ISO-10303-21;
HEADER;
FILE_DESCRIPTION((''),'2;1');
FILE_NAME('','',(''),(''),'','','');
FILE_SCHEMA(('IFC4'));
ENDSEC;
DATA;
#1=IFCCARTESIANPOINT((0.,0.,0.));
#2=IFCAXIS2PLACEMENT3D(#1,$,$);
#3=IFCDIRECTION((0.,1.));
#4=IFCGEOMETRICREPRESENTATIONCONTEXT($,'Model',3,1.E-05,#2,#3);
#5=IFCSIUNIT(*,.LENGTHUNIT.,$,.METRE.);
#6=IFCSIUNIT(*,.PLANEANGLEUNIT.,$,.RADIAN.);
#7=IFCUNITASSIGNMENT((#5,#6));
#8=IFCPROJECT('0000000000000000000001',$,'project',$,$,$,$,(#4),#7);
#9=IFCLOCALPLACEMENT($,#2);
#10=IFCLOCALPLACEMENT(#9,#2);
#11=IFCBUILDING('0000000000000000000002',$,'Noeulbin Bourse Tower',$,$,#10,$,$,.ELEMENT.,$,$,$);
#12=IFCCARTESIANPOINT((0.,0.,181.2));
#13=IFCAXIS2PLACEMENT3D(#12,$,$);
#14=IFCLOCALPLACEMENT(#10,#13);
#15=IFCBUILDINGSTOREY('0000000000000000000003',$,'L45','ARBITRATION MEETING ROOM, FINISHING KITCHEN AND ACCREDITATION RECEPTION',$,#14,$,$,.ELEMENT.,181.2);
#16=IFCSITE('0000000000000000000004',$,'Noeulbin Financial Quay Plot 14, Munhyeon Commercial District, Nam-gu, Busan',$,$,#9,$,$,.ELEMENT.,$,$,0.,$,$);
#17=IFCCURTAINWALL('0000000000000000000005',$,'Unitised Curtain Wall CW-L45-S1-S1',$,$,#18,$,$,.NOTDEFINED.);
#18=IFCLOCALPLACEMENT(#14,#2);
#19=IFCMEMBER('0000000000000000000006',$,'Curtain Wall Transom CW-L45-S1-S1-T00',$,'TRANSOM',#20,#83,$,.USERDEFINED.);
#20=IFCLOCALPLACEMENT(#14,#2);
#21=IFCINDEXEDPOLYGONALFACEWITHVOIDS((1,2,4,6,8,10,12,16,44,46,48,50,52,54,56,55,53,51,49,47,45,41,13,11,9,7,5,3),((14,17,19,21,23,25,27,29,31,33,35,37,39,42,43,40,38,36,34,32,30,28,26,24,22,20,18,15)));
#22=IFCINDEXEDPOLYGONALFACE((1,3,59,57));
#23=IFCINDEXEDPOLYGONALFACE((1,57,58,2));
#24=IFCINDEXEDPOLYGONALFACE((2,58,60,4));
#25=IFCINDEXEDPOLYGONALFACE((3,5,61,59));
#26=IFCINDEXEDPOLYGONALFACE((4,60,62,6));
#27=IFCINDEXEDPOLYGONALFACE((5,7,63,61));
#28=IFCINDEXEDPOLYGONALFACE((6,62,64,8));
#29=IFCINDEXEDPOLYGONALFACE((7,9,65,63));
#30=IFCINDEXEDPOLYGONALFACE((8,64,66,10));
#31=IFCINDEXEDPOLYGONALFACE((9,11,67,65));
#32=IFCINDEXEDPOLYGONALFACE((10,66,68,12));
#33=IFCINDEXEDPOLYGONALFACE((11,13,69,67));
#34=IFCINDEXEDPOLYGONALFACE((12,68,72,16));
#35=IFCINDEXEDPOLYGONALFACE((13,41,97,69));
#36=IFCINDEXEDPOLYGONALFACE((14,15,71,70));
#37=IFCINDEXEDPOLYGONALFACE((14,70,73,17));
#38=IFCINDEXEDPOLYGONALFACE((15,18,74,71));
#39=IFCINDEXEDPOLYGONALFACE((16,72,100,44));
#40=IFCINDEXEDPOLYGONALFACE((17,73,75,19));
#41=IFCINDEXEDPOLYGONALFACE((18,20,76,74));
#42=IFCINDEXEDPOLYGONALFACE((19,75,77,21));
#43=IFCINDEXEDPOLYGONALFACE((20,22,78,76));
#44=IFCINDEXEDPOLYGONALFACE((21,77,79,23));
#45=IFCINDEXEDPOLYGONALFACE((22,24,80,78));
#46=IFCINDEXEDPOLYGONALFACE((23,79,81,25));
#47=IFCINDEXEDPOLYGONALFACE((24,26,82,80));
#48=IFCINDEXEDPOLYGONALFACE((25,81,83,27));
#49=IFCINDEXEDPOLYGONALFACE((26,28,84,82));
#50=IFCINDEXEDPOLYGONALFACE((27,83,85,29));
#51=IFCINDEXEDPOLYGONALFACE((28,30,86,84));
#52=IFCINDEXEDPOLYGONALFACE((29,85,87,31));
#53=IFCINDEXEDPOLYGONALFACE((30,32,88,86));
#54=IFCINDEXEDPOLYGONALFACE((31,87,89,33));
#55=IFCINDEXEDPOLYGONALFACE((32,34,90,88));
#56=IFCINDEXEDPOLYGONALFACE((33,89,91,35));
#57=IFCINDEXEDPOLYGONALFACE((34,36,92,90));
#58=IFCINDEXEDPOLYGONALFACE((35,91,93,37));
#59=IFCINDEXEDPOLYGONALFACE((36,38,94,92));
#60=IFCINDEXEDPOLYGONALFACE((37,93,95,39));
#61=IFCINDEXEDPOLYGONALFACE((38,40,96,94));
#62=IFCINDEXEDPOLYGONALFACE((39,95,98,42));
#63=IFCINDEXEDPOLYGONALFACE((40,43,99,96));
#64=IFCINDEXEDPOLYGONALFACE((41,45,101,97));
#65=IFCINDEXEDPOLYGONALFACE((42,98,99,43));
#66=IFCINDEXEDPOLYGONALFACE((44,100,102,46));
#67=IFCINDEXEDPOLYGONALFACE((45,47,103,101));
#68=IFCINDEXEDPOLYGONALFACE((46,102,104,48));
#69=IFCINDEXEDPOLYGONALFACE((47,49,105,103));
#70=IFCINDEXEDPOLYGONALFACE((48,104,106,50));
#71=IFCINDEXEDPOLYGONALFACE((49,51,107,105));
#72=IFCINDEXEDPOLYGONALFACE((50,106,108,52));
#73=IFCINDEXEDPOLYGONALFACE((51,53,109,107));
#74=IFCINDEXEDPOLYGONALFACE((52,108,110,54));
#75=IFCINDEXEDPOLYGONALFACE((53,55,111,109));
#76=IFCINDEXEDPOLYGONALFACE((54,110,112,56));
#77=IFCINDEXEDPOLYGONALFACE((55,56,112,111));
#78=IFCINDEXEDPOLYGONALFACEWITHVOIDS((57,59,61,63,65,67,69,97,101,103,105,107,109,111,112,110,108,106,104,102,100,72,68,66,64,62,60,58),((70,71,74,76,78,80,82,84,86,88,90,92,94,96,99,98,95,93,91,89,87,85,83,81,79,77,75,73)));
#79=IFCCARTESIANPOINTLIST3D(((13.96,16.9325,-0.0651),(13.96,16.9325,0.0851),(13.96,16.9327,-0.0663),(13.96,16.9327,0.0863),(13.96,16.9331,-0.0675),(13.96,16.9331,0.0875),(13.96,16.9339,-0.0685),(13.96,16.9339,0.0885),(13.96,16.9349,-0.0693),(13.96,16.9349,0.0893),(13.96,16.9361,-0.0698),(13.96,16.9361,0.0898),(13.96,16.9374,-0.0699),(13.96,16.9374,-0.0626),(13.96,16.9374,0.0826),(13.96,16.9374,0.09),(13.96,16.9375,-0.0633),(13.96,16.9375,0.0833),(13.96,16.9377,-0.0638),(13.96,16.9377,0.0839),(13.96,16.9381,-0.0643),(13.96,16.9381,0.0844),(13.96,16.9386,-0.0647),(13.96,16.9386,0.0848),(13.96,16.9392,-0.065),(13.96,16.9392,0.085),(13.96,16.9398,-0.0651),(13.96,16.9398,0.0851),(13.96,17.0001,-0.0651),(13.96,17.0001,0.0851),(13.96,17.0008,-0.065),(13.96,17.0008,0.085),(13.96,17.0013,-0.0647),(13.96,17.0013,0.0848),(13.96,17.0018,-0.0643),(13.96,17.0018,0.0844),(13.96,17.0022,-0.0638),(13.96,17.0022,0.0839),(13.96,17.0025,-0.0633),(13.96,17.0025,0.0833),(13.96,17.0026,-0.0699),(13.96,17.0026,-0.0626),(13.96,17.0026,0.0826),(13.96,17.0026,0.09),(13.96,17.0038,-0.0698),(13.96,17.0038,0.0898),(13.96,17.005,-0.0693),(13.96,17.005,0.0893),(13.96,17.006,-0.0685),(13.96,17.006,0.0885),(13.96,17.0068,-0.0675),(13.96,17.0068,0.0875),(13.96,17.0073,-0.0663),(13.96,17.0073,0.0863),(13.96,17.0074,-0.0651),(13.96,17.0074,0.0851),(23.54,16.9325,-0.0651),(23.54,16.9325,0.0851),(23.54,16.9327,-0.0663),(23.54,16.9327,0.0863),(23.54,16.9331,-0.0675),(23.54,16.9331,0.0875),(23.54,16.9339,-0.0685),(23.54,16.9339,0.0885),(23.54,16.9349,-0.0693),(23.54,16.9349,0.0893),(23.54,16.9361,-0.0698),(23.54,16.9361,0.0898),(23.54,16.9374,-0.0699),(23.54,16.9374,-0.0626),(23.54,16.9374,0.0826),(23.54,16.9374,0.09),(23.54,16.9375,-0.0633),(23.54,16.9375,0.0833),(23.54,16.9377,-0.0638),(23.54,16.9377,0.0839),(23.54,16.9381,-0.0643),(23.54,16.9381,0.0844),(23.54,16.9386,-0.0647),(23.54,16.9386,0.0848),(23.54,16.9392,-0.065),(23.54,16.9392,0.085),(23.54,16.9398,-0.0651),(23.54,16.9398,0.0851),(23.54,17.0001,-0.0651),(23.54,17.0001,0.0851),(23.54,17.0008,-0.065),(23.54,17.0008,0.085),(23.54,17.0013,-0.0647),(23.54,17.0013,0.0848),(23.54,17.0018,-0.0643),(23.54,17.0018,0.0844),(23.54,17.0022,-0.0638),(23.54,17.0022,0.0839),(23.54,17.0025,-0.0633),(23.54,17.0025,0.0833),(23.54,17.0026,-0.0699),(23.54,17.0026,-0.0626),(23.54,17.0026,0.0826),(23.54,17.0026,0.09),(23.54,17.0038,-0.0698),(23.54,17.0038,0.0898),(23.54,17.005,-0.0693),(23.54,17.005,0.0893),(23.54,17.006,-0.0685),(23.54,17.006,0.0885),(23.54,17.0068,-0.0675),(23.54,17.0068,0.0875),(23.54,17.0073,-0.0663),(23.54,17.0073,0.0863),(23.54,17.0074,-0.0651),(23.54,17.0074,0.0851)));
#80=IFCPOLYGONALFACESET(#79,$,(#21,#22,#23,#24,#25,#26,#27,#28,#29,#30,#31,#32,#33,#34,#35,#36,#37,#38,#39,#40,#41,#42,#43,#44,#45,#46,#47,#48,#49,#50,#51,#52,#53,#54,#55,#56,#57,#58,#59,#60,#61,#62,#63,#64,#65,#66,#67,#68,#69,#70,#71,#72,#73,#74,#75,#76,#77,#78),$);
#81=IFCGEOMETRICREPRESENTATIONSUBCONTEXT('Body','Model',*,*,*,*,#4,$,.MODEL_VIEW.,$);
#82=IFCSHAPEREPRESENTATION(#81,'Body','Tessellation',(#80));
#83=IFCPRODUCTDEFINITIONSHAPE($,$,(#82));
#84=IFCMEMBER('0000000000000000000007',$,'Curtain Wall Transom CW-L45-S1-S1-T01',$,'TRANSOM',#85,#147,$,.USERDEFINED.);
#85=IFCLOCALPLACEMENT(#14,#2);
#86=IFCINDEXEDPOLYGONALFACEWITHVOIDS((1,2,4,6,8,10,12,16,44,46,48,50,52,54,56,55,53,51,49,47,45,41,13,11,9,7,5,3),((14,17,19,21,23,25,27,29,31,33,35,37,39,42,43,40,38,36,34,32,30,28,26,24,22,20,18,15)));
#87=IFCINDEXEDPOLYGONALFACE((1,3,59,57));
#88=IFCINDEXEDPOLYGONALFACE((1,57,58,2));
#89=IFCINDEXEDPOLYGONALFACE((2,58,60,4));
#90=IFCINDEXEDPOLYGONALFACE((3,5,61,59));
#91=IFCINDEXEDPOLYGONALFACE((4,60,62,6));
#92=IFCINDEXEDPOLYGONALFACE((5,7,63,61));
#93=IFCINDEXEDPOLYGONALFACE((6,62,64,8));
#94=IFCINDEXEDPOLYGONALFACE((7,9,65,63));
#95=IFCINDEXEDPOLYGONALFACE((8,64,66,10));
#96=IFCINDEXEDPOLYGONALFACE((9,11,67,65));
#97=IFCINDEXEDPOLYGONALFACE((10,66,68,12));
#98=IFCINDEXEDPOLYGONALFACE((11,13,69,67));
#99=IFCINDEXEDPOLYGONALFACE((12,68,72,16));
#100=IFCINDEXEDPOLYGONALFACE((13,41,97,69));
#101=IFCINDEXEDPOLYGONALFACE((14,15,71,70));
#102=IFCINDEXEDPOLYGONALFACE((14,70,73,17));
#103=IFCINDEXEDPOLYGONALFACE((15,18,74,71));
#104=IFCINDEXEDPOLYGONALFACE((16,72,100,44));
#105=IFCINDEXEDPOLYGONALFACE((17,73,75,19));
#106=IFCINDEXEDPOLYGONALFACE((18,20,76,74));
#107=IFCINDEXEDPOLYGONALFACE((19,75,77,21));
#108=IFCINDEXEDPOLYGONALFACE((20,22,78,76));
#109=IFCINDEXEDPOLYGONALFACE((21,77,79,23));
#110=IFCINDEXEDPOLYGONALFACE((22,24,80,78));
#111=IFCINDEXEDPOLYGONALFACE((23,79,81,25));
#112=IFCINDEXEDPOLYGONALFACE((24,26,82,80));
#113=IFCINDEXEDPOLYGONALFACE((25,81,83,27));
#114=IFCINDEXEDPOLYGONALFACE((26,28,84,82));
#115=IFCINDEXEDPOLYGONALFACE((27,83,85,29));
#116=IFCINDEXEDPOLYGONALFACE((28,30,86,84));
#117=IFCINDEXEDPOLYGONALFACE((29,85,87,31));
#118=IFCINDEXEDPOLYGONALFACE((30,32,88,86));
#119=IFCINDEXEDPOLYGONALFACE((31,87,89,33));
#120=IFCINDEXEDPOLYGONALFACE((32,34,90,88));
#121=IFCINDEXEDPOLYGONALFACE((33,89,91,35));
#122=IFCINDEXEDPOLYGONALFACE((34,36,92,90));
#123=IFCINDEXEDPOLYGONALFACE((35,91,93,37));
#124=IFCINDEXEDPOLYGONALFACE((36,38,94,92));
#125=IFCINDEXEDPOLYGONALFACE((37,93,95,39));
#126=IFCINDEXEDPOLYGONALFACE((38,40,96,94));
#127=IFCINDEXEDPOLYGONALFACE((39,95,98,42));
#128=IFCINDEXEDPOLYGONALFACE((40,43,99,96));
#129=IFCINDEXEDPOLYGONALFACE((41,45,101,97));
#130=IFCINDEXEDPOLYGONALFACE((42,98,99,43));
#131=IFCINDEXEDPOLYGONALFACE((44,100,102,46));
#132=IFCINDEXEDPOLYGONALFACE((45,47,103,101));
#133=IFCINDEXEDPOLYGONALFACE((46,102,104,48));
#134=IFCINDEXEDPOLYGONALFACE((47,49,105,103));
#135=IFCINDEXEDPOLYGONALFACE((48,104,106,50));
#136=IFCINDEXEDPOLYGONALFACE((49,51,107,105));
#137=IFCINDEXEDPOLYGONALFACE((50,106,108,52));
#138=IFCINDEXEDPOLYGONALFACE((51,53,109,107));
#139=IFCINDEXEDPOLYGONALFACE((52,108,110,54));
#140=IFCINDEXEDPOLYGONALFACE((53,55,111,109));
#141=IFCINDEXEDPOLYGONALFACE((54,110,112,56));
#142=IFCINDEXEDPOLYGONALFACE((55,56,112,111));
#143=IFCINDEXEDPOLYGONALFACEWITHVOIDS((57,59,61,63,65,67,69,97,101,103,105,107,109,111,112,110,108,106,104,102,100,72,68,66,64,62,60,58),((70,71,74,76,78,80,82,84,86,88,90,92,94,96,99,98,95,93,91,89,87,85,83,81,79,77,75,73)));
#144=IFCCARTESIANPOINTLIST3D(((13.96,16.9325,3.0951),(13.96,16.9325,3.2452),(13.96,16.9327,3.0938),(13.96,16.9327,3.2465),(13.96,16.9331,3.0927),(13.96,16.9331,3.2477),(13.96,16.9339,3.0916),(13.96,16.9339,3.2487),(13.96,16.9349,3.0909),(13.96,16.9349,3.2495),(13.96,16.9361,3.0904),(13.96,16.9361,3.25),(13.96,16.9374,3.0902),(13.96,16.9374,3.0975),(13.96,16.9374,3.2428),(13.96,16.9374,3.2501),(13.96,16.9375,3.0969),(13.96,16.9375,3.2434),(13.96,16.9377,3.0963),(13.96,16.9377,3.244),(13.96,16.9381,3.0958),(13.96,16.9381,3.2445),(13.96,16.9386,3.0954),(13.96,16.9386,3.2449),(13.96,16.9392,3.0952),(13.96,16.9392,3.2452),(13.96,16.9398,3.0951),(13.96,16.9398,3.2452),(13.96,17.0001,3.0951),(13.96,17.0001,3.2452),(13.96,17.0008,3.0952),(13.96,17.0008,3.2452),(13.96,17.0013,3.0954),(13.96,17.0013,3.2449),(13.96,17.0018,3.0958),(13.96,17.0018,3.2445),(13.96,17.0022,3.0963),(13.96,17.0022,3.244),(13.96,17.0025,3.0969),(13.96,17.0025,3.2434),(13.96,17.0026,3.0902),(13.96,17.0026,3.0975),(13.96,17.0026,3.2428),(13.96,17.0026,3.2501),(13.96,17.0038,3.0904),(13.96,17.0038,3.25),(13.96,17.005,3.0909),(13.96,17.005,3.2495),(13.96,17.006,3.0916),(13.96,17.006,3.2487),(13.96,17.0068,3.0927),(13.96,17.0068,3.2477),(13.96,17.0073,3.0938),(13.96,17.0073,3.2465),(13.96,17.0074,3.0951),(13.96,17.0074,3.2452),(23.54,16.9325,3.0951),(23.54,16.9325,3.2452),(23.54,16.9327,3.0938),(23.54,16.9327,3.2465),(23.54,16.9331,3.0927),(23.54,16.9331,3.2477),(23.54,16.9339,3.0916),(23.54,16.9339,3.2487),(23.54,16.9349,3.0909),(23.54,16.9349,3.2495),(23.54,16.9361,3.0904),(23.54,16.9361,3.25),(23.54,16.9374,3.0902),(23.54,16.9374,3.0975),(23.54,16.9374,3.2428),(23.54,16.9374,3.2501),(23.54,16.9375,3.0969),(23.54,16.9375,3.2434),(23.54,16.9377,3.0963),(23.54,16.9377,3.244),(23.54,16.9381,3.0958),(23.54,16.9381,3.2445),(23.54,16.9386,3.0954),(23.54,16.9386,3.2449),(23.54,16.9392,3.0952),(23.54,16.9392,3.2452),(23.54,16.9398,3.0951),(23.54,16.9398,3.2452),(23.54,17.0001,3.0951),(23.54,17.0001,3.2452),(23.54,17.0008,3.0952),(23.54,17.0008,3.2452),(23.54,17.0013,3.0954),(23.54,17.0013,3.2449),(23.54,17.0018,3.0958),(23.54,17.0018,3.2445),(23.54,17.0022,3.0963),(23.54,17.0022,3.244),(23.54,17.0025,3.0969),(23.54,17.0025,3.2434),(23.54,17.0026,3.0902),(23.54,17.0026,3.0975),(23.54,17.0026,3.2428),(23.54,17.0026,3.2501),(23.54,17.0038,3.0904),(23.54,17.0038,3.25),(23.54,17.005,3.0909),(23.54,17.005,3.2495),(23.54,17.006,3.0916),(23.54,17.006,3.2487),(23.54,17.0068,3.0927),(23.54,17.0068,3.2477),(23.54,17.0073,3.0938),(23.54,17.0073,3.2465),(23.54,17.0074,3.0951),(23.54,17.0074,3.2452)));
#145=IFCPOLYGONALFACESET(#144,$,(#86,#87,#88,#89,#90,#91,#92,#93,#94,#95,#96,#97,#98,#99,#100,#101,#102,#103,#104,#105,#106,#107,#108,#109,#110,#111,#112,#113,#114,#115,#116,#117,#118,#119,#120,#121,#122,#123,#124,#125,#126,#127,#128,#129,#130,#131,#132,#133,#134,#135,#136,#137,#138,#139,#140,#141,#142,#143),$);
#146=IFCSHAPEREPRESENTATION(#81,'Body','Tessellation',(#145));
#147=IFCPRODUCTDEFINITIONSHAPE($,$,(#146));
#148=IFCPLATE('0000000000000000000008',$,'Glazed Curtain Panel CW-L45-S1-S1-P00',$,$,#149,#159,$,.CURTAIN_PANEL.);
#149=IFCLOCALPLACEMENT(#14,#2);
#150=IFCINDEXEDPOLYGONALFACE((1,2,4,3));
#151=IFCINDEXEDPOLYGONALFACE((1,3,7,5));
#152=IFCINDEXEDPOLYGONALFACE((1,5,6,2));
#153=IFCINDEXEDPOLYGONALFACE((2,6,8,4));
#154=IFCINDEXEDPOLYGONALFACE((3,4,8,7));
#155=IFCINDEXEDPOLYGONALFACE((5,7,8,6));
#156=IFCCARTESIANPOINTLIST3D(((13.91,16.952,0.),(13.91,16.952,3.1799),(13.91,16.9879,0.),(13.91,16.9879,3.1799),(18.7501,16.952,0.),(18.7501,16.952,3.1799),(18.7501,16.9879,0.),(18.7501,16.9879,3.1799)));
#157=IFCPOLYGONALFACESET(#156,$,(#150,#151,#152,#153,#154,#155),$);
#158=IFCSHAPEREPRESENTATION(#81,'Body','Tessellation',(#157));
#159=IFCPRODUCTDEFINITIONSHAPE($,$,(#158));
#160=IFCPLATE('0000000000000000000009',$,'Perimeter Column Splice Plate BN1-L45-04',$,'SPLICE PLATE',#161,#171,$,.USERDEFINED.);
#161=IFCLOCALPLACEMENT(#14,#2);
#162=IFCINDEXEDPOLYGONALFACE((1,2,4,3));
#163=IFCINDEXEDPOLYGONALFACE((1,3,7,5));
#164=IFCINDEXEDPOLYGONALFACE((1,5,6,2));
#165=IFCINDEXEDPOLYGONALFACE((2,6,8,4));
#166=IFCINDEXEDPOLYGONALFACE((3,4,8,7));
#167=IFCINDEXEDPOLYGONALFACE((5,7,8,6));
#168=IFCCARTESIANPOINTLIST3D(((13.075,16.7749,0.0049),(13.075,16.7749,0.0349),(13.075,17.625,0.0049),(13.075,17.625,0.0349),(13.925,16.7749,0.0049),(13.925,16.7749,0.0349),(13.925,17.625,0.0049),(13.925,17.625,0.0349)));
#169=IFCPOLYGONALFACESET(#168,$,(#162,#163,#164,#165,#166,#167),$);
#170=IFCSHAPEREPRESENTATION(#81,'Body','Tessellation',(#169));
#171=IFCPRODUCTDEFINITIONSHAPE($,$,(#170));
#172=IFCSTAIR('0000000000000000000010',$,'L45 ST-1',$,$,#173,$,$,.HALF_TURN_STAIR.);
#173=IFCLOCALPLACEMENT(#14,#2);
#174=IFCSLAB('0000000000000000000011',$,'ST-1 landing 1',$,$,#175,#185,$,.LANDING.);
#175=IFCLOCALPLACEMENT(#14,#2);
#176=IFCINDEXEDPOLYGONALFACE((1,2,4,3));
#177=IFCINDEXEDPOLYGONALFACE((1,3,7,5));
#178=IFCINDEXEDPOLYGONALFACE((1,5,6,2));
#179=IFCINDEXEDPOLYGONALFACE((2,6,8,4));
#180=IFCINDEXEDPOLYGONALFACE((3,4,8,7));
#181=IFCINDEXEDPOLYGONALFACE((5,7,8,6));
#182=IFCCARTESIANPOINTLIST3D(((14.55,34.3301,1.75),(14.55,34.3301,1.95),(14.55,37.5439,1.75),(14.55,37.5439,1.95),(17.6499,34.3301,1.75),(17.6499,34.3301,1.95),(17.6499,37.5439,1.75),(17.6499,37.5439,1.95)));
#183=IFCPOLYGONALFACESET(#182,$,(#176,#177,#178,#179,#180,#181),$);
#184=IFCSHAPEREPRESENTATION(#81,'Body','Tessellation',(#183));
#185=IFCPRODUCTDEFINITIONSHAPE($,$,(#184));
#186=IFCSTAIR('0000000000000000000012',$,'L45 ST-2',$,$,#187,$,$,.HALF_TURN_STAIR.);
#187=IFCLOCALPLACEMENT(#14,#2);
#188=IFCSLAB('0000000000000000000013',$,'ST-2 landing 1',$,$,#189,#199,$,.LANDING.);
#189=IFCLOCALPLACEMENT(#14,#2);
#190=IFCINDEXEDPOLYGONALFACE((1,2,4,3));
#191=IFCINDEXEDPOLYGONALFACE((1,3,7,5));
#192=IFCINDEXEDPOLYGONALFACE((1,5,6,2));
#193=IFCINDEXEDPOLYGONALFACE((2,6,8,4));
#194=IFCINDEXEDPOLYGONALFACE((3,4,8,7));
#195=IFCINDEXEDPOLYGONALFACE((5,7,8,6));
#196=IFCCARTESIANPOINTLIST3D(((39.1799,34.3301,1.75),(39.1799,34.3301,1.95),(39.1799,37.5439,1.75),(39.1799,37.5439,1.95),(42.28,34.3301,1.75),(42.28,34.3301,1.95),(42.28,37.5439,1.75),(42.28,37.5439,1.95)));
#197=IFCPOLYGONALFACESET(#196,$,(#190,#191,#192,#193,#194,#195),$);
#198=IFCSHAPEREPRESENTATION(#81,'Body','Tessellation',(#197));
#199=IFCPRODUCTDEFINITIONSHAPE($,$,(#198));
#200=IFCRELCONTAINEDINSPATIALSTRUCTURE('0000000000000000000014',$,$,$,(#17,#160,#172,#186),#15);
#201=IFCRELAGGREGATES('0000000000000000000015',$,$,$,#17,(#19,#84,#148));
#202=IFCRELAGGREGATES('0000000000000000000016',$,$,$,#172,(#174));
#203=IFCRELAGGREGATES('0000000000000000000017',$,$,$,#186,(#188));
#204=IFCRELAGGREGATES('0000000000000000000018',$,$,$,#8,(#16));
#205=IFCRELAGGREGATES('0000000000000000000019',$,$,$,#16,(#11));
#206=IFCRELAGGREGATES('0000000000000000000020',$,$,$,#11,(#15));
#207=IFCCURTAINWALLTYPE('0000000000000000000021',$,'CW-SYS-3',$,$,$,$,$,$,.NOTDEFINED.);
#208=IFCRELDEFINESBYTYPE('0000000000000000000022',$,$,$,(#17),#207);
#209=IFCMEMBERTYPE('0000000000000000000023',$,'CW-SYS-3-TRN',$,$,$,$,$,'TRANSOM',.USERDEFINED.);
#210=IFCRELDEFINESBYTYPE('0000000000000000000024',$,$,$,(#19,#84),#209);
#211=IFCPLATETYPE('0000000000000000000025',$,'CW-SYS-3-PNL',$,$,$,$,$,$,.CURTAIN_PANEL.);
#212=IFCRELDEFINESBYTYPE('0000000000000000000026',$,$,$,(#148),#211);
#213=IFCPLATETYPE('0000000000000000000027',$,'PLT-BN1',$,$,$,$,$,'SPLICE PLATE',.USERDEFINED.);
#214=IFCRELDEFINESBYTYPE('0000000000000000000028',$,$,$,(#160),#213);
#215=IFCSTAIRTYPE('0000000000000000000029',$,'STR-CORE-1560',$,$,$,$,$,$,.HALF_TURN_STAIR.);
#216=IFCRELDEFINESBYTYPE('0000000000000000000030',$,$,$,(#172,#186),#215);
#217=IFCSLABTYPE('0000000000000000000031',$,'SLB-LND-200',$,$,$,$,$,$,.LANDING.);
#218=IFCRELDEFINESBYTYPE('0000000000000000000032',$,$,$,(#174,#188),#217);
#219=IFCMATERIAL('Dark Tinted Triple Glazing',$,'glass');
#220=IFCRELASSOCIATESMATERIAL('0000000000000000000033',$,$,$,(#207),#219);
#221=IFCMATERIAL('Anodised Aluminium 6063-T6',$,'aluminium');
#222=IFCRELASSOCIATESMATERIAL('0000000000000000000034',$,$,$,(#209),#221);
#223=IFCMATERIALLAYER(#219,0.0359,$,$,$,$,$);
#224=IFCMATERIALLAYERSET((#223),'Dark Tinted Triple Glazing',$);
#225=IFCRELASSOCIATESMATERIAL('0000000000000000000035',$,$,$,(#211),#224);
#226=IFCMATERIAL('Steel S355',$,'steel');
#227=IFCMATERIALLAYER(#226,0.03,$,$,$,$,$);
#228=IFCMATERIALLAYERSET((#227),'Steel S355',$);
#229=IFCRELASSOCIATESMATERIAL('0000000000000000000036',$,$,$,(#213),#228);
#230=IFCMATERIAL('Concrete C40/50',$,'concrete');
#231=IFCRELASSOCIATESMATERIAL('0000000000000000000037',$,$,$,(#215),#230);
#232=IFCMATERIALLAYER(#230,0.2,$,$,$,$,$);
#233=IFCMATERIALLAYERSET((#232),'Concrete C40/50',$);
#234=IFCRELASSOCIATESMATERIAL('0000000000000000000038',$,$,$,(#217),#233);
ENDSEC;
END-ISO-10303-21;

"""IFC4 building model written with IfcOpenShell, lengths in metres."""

from ifc_helpers import new_model, si_unit, direction, frame, origin, origin_2d, place, context, subcontext, project, spatial, polyline, rectangle, hollow_rectangle, outline, extrude, material, layer, layer_set, material_profile, profile_set, type_object, element, aggregate, save


model = new_model("IFC4")

# Units and contexts
model_context = context("Model", 3, precision=1e-05, world=origin(), true_north=direction((0.0, 1.0)))
body_context = subcontext(model_context, "Body", "Model", "MODEL_VIEW")
ifc_project = project(units=[si_unit("LENGTHUNIT", "METRE"), si_unit("PLANEANGLEUNIT", "RADIAN")], contexts=[model_context])

# Site, building, storey
site_placement = place(None, origin())
site = spatial("IfcSite", under=ifc_project, at=site_placement, Name="Noeulbin Financial Quay Plot 14, Munhyeon Commercial District, Nam-gu, Busan", CompositionType="ELEMENT", RefElevation=0.0)
building_placement = place(site_placement, origin())
building = spatial("IfcBuilding", under=site, at=building_placement, Name="Noeulbin Bourse Tower", CompositionType="ELEMENT")
storey_placement = place(building_placement, frame((0.0, 0.0, 181.2)))
storey = spatial("IfcBuildingStorey", under=building, at=storey_placement, Name="L45", Description="ARBITRATION MEETING ROOM, FINISHING KITCHEN AND ACCREDITATION RECEPTION", CompositionType="ELEMENT", Elevation=181.2)

# Shared definitions
ifc_material_1 = material(Name="Steel S355", Category="steel")

# Curtain wall, members, plate
ifc_material_2 = material(Name="Dark Tinted Triple Glazing", Category="glass")
curtain_wall_type = type_object("IfcCurtainWallType", Name="CW-SYS-3", PredefinedType="NOTDEFINED", material=ifc_material_2)
curtain_wall_placement = place(storey_placement, origin())
curtain_wall = element("IfcCurtainWall", 1, at=curtain_wall_placement, inside=storey, type_object=curtain_wall_type, Name="Unitised Curtain Wall CW-L45-S1-S1", PredefinedType="NOTDEFINED")
ifc_material_3 = material(Name="Anodised Aluminium 6063-T6", Category="aluminium")
ifc_material_profile_1 = material_profile(ifc_material_3, hollow_rectangle(XDim=0.075, YDim=0.1599, WallThickness=0.0049, InnerFilletRadius=0.0024, OuterFilletRadius=0.0049, at=origin_2d()), Name="ALU-TRAN-75x160x5", Category="LoadBearing")
ifc_profile_set_1 = profile_set([ifc_material_profile_1], Name="Anodised Aluminium 6063-T6")
member_type_1 = type_object("IfcMemberType", Name="CW-SYS-3-TRN", ElementType="TRANSOM", PredefinedType="USERDEFINED", material=ifc_profile_set_1)
member_1_placement = place(storey_placement, frame((13.96, 16.97, 0.01), z_axis=(1.0, 0.0, 0.0), x_axis=(0.0, 1.0, 0.0)))
member_1 = element("IfcMember", 2, at=member_1_placement, type_object=member_type_1, Name="Curtain Wall Transom CW-L45-S1-S1-T00", ObjectType="TRANSOM", PredefinedType="USERDEFINED", context=body_context, shape_type="SweptSolid", body=[
    extrude(hollow_rectangle(XDim=0.075, YDim=0.1599, WallThickness=0.0049, InnerFilletRadius=0.0024, OuterFilletRadius=0.0049, at=origin_2d()), origin(), (0.0, 0.0, 1.0), 9.5801),
])
member_2_placement = place(storey_placement, frame((13.96, 16.97, 3.1702), z_axis=(1.0, 0.0, 0.0), x_axis=(0.0, 1.0, 0.0)))
member_2 = element("IfcMember", 3, at=member_2_placement, type_object=member_type_1, Name="Curtain Wall Transom CW-L45-S1-S1-T01", ObjectType="TRANSOM", PredefinedType="USERDEFINED", context=body_context, shape_type="SweptSolid", body=[
    extrude(hollow_rectangle(XDim=0.075, YDim=0.1599, WallThickness=0.0049, InnerFilletRadius=0.0024, OuterFilletRadius=0.0049, at=origin_2d()), origin(), (0.0, 0.0, 1.0), 9.5801),
])
ifc_layer_1 = layer(ifc_material_2, 0.0359)
ifc_layer_set_1 = layer_set([ifc_layer_1], Name="Dark Tinted Triple Glazing")
plate_type_1 = type_object("IfcPlateType", Name="CW-SYS-3-PNL", PredefinedType="CURTAIN_PANEL", material=ifc_layer_set_1)
plate_1_placement = place(storey_placement, frame((16.3301, 16.97, 0.0), z_axis=(0.0, 0.0, 1.0), x_axis=(1.0, 0.0, 0.0)))
plate_1 = element("IfcPlate", 4, at=plate_1_placement, type_object=plate_type_1, Name="Glazed Curtain Panel CW-L45-S1-S1-P00", PredefinedType="CURTAIN_PANEL", context=body_context, shape_type="SweptSolid", body=[
    extrude(rectangle(XDim=4.8401, YDim=0.0359, at=origin_2d()), origin(), (0.0, 0.0, 1.0), 3.1799),
])
aggregate(curtain_wall, [member_1, member_2, plate_1])

# Plate
ifc_layer_2 = layer(ifc_material_1, 0.03)
ifc_layer_set_2 = layer_set([ifc_layer_2], Name="Steel S355")
plate_type_2 = type_object("IfcPlateType", Name="PLT-BN1", ElementType="SPLICE PLATE", PredefinedType="USERDEFINED", material=ifc_layer_set_2)
plate_2_placement = place(storey_placement, frame((13.5, 17.2, 0.0049), z_axis=(0.0, 0.0, 1.0), x_axis=(1.0, 0.0, 0.0)))
element("IfcPlate", 5, at=plate_2_placement, inside=storey, type_object=plate_type_2, Name="Perimeter Column Splice Plate BN1-L45-04", ObjectType="SPLICE PLATE", PredefinedType="USERDEFINED", context=body_context, shape_type="SweptSolid", body=[
    extrude(rectangle(XDim=0.8501, YDim=0.8501, at=origin_2d()), origin(), (0.0, 0.0, 1.0), 0.03),
])

# Stairs, slabs
ifc_material_4 = material(Name="Concrete C40/50", Category="concrete")
stair_type = type_object("IfcStairType", Name="STR-CORE-1560", PredefinedType="HALF_TURN_STAIR", material=ifc_material_4)
stair_1_placement = place(storey_placement, origin())
stair_1 = element("IfcStair", 6, at=stair_1_placement, inside=storey, type_object=stair_type, Name="L45 ST-1", PredefinedType="HALF_TURN_STAIR")
ifc_layer_3 = layer(ifc_material_4, 0.2)
ifc_layer_set_3 = layer_set([ifc_layer_3], Name="Concrete C40/50")
slab_type_1 = type_object("IfcSlabType", Name="SLB-LND-200", PredefinedType="LANDING", material=ifc_layer_set_3)
slab_1_placement = place(storey_placement, frame((0.0, 0.0, 1.75)))
slab_1 = element("IfcSlab", 7, at=slab_1_placement, type_object=slab_type_1, Name="ST-1 landing 1", PredefinedType="LANDING", context=body_context, shape_type="SweptSolid", body=[
    extrude(outline(polyline([(17.6499, 34.3301), (17.6499, 37.5439), (14.55, 37.5439), (14.55, 34.3301), (17.6499, 34.3301)])), origin(), (0.0, 0.0, 1.0), 0.2),
])
aggregate(stair_1, [slab_1])
stair_2_placement = place(storey_placement, origin())
stair_2 = element("IfcStair", 8, at=stair_2_placement, inside=storey, type_object=stair_type, Name="L45 ST-2", PredefinedType="HALF_TURN_STAIR")
slab_2_placement = place(storey_placement, frame((0.0, 0.0, 1.75)))
slab_2 = element("IfcSlab", 9, at=slab_2_placement, type_object=slab_type_1, Name="ST-2 landing 1", PredefinedType="LANDING", context=body_context, shape_type="SweptSolid", body=[
    extrude(outline(polyline([(42.28, 34.3301), (42.28, 37.5439), (39.1799, 37.5439), (39.1799, 34.3301), (42.28, 34.3301)])), origin(), (0.0, 0.0, 1.0), 0.2),
])
aggregate(stair_2, [slab_2])

save(model, "model.ifc")
